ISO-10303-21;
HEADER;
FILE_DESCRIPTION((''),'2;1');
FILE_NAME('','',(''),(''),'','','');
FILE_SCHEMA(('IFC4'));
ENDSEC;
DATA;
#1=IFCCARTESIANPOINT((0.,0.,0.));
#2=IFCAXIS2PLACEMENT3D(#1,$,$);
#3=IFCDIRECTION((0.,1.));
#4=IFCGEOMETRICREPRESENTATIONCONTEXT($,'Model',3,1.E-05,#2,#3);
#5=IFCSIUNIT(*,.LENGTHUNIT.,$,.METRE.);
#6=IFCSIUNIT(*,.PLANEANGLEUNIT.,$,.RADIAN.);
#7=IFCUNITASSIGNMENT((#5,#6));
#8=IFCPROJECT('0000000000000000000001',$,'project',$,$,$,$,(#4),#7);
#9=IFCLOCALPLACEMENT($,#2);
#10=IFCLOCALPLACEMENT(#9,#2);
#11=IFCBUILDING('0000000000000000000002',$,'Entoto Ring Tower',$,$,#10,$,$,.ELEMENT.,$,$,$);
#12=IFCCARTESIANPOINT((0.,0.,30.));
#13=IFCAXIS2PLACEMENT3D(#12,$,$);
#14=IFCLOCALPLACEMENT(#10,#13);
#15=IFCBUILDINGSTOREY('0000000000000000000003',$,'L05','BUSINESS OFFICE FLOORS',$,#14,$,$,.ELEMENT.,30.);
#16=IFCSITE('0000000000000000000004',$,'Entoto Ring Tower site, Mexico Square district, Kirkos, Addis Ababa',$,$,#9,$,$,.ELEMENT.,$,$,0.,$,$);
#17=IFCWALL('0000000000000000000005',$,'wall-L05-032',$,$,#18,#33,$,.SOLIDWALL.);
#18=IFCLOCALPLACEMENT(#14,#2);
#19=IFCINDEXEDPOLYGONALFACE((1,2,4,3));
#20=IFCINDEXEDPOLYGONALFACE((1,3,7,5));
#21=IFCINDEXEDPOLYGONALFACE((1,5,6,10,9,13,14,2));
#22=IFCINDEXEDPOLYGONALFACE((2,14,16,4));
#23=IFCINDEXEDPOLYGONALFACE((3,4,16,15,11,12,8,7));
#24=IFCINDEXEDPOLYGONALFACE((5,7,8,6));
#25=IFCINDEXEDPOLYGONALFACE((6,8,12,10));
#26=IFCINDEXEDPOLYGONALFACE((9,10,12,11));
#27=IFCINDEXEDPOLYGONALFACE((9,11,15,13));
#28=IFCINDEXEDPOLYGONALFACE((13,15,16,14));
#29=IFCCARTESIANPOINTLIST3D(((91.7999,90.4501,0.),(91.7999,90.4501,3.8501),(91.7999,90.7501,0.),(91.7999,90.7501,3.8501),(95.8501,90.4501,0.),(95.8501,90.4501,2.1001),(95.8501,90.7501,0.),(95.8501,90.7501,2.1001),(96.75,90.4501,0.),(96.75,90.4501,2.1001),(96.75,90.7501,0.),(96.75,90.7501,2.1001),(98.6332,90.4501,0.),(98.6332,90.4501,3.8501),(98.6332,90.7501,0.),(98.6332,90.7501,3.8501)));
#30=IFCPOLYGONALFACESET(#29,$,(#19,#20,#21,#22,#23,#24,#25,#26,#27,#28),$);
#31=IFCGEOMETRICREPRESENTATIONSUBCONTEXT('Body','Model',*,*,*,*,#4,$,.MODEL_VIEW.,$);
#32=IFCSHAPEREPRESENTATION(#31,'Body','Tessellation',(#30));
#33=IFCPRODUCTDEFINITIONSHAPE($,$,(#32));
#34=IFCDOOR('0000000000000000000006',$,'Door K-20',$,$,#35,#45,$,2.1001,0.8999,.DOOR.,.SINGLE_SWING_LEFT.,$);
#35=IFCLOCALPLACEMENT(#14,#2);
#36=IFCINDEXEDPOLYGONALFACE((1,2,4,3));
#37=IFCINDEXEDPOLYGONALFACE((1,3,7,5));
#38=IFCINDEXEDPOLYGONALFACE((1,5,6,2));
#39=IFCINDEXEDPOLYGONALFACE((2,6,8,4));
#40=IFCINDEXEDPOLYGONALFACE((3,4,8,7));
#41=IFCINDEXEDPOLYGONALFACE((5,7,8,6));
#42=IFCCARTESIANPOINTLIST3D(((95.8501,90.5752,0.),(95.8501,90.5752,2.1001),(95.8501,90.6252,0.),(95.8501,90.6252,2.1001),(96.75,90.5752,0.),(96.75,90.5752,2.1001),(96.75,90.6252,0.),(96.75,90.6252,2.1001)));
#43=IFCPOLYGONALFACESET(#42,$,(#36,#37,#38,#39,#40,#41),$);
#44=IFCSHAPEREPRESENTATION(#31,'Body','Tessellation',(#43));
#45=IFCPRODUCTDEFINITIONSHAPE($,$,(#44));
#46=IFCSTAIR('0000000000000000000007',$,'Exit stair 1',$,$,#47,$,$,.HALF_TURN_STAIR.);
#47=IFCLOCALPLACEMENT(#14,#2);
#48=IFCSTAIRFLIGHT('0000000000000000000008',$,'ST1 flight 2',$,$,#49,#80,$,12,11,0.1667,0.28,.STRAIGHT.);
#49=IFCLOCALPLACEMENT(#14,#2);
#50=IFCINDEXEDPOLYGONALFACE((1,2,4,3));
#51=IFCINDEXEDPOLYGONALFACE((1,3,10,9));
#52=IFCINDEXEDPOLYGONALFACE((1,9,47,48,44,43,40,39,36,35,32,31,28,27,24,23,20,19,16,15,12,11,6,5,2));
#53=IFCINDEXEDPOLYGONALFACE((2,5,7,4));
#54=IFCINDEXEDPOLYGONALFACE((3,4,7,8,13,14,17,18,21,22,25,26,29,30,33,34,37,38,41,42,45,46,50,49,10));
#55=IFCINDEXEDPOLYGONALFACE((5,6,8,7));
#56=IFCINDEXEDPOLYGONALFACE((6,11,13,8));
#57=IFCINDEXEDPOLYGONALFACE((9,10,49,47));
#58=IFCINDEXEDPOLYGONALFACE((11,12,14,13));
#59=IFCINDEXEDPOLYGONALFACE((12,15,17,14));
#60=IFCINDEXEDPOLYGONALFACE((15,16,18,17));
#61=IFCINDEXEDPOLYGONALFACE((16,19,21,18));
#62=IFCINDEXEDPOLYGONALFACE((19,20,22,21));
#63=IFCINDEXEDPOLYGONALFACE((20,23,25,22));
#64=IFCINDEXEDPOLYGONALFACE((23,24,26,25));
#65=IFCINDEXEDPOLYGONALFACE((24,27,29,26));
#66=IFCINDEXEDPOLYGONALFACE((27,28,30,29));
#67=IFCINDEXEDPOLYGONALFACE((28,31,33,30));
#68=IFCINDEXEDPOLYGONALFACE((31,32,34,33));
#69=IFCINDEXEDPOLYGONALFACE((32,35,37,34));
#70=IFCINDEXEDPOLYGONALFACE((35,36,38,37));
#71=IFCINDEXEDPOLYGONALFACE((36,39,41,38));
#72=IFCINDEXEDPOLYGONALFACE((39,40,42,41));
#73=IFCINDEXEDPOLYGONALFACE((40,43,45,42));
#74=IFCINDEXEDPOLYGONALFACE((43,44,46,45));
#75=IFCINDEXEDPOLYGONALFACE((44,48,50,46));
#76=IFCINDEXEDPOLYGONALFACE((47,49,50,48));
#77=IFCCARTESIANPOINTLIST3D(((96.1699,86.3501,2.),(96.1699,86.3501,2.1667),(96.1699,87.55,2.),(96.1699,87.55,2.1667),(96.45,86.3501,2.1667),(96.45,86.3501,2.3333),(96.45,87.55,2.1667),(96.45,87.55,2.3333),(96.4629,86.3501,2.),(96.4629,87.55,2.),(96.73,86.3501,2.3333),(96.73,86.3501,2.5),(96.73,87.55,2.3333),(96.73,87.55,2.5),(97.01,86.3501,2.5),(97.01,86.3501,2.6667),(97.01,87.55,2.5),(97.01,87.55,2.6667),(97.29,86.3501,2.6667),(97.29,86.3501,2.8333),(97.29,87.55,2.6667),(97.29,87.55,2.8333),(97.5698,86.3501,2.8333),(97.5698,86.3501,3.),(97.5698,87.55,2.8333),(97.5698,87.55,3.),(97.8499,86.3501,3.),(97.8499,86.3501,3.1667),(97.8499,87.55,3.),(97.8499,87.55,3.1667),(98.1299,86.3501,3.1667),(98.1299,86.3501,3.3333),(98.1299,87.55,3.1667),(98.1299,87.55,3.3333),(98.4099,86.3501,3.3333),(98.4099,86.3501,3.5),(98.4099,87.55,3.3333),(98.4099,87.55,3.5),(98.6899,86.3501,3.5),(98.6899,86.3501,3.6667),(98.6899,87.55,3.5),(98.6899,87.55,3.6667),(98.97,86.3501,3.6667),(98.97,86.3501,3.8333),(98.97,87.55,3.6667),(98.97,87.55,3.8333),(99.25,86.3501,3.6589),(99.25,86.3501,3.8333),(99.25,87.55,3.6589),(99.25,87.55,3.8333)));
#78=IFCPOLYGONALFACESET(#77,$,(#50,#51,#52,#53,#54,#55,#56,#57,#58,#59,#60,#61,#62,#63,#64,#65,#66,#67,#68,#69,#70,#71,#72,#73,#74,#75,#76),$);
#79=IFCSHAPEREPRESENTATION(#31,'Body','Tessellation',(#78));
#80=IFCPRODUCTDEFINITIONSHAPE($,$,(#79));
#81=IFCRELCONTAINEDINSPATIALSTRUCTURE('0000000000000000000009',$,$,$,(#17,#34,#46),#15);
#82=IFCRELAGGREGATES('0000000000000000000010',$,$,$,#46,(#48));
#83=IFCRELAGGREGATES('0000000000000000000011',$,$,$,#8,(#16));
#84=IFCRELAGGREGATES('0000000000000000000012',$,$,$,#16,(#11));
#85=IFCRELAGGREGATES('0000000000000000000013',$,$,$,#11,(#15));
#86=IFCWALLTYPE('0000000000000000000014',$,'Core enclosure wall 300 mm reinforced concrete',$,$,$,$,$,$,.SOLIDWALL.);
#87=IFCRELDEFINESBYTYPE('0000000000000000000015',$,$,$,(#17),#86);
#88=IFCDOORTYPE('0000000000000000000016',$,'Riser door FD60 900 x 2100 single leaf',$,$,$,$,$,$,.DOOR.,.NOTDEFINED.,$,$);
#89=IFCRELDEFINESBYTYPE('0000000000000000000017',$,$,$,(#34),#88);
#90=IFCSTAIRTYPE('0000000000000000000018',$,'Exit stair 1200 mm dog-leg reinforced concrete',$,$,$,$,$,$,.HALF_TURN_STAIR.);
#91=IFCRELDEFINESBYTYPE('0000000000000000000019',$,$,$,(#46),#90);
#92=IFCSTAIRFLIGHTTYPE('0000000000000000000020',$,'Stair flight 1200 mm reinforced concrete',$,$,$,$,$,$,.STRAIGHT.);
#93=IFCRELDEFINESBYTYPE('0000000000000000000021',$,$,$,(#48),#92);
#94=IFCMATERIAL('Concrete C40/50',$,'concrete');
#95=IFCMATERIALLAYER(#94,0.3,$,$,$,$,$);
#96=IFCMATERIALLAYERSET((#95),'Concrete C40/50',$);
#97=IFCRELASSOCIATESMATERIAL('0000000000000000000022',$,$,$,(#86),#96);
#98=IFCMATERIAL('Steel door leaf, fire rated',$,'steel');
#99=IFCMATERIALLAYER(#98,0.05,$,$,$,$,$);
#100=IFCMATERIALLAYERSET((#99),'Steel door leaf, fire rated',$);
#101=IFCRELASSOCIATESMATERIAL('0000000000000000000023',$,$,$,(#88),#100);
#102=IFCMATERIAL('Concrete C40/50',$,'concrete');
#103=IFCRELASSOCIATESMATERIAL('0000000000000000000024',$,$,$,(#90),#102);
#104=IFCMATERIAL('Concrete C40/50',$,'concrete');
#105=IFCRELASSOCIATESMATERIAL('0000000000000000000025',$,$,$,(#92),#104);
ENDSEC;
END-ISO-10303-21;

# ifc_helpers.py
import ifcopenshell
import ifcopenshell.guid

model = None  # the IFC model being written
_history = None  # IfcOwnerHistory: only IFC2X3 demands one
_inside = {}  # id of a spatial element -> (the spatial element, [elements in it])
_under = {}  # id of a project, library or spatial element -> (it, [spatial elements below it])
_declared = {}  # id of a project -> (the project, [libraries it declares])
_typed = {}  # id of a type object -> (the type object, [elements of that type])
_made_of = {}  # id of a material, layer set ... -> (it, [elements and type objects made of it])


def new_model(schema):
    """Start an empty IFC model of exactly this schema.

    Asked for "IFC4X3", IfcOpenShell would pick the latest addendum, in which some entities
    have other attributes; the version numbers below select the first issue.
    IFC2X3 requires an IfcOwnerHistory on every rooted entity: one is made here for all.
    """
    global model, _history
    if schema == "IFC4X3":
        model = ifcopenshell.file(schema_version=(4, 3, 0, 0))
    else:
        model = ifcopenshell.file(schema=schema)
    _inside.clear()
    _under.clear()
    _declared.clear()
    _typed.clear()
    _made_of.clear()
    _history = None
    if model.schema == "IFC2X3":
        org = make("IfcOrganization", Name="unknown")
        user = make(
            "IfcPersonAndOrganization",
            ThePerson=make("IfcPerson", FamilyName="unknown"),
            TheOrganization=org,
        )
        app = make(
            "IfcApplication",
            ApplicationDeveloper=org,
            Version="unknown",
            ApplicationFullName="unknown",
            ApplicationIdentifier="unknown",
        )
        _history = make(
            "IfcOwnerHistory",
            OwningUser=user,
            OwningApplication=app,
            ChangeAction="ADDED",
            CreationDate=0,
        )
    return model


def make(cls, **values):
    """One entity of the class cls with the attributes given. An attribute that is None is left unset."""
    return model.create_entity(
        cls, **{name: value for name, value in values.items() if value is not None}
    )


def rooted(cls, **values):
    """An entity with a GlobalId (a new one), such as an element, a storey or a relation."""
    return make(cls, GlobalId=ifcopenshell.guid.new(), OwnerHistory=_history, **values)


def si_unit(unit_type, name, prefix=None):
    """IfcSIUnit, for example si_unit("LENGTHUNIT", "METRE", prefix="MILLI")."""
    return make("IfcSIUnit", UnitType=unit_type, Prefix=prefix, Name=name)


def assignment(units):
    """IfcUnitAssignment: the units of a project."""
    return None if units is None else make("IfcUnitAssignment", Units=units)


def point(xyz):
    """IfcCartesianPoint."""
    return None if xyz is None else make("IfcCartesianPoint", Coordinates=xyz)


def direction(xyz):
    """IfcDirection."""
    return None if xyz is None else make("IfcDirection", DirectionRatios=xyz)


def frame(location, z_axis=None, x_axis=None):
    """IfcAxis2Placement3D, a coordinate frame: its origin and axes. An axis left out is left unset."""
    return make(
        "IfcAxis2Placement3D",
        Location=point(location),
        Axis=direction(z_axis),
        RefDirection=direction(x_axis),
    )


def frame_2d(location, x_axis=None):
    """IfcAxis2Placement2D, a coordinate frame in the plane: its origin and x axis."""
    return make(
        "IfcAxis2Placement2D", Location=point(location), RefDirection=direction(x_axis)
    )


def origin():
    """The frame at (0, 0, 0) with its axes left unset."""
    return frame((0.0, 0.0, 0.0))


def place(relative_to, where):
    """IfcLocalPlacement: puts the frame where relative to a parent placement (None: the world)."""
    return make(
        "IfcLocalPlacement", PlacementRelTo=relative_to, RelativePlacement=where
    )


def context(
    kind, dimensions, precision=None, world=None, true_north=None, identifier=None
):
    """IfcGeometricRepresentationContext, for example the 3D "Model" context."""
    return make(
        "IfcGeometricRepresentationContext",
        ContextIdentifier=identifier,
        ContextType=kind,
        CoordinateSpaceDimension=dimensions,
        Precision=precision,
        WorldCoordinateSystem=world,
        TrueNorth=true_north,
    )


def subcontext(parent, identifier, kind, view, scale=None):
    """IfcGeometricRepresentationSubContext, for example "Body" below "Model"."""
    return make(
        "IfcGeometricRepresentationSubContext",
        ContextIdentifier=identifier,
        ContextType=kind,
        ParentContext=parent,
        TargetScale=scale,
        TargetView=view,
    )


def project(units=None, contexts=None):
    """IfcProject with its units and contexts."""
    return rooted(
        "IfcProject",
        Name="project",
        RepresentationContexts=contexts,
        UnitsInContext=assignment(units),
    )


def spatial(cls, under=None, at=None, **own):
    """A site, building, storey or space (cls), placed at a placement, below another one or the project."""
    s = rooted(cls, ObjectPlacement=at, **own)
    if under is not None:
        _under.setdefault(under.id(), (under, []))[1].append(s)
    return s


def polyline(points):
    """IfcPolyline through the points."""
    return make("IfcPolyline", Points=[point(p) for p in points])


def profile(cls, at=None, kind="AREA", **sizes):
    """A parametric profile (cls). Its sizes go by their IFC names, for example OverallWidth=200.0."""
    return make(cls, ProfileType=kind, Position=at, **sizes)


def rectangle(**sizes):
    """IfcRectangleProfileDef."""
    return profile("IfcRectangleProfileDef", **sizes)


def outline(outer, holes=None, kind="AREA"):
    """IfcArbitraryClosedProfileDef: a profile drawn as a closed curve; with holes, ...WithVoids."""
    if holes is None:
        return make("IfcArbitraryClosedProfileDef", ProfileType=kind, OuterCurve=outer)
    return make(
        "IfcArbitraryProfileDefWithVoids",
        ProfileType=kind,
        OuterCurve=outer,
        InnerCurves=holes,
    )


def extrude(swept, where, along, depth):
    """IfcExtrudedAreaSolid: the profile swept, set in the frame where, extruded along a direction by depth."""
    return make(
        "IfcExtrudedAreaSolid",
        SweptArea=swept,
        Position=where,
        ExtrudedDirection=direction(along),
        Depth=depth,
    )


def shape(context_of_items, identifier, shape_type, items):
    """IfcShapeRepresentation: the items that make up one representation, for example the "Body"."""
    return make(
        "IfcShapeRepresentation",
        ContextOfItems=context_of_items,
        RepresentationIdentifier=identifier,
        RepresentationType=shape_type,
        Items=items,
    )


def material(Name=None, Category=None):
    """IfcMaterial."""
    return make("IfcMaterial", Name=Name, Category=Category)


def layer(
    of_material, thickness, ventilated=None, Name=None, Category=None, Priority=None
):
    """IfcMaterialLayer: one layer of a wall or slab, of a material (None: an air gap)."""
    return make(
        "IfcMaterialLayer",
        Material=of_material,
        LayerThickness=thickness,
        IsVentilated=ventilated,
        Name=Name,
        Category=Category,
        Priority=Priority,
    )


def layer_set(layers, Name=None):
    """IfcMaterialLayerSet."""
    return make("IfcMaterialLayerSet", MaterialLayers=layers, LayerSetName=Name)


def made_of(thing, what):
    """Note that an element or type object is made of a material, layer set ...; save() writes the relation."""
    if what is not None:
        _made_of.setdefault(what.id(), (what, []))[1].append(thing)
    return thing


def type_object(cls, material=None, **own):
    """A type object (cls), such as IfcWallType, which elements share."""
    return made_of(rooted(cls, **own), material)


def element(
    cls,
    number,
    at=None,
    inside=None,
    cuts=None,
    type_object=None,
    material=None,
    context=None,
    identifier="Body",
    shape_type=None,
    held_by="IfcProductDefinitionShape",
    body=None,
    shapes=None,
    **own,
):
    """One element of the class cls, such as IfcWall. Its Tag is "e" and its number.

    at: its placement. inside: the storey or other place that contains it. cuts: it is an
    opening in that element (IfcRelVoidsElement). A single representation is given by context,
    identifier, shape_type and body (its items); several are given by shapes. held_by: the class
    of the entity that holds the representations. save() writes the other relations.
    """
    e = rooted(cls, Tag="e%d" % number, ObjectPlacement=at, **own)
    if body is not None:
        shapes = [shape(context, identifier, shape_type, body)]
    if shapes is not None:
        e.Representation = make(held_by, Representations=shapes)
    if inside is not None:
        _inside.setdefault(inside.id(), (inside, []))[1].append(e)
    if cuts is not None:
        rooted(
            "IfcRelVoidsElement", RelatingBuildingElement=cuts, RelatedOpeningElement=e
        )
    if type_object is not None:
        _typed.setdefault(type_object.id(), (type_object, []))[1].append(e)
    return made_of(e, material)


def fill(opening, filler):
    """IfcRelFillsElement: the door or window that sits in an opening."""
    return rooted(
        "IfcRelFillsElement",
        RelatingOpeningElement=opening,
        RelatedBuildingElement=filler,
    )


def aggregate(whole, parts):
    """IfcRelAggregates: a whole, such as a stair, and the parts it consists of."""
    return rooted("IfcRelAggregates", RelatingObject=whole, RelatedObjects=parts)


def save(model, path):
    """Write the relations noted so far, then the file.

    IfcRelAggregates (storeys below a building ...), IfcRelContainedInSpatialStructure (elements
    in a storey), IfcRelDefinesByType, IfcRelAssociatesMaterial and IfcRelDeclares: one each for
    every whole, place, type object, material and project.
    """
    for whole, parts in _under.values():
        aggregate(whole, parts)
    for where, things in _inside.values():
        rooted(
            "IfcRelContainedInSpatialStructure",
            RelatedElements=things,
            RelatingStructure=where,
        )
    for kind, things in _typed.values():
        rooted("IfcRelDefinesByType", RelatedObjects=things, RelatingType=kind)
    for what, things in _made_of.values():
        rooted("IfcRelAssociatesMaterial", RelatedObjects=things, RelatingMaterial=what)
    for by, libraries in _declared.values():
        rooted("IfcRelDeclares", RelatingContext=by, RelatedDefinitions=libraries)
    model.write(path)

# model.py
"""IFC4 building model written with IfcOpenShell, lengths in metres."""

from ifc_helpers import new_model, si_unit, direction, frame, frame_2d, origin, place, context, subcontext, project, spatial, polyline, rectangle, outline, extrude, material, layer, layer_set, type_object, element, fill, aggregate, save


model = new_model("IFC4")

# Units and contexts
model_context = context("Model", 3, precision=1e-05, world=origin(), true_north=direction((0.0, 1.0)))
body_context = subcontext(model_context, "Body", "Model", "MODEL_VIEW")
ifc_project = project(units=[si_unit("LENGTHUNIT", "METRE"), si_unit("PLANEANGLEUNIT", "RADIAN")], contexts=[model_context])

# Site, building, storey
site_placement = place(None, origin())
site = spatial("IfcSite", under=ifc_project, at=site_placement, Name="Entoto Ring Tower site, Mexico Square district, Kirkos, Addis Ababa", CompositionType="ELEMENT", RefElevation=0.0)
building_placement = place(site_placement, origin())
building = spatial("IfcBuilding", under=site, at=building_placement, Name="Entoto Ring Tower", CompositionType="ELEMENT")
storey_placement = place(building_placement, frame((0.0, 0.0, 30.0)))
storey = spatial("IfcBuildingStorey", under=building, at=storey_placement, Name="L05", Description="BUSINESS OFFICE FLOORS", CompositionType="ELEMENT", Elevation=30.0)

# Shared definitions
ifc_material_1 = material(Name="Concrete C40/50", Category="concrete")
ifc_layer_1 = layer(ifc_material_1, 0.3)
ifc_layer_set_1 = layer_set([ifc_layer_1], Name="Concrete C40/50")
wall_type = type_object("IfcWallType", Name="Core enclosure wall 300 mm reinforced concrete", PredefinedType="SOLIDWALL", material=ifc_layer_set_1)

# Wall, opening, door
wall_1_placement = place(storey_placement, frame((91.8, 90.6001, 0.0), z_axis=(0.0, 0.0, 1.0), x_axis=(1.0, 0.0, 0.0)))
wall_1 = element("IfcWall", 1, at=wall_1_placement, inside=storey, type_object=wall_type, Name="wall-L05-032", PredefinedType="SOLIDWALL", context=body_context, shape_type="SweptSolid", body=[
    extrude(rectangle(XDim=6.8333, YDim=0.3, at=frame_2d((3.4165, 0.0))), origin(), (0.0, 0.0, 1.0), 3.8501),
])
opening_1_placement = place(wall_1_placement, frame((4.05, 0.0, 0.0)))
opening_1 = element("IfcOpeningElement", 2, at=opening_1_placement, cuts=wall_1, PredefinedType="OPENING", context=body_context, shape_type="SweptSolid", body=[
    extrude(rectangle(XDim=0.8999, YDim=2.1001, at=frame_2d((0.45, 1.05))), frame((0.0, 0.1602, 0.0), z_axis=(0.0, -1.0, 0.0), x_axis=(1.0, 0.0, 0.0)), (0.0, 0.0, 1.0), 0.3201),
])
ifc_material_2 = material(Name="Steel door leaf, fire rated", Category="steel")
ifc_layer_2 = layer(ifc_material_2, 0.05)
ifc_layer_set_2 = layer_set([ifc_layer_2], Name="Steel door leaf, fire rated")
door_type_1 = type_object("IfcDoorType", Name="Riser door FD60 900 x 2100 single leaf", OperationType="NOTDEFINED", PredefinedType="DOOR", material=ifc_layer_set_2)
door_1_placement = place(opening_1_placement, frame((0.8999, 0.0, 0.0), z_axis=(0.0, 0.0, 1.0), x_axis=(-1.0, 0.0, 0.0)))
door_1 = element("IfcDoor", 3, at=door_1_placement, inside=storey, type_object=door_type_1, Name="Door K-20", OperationType="SINGLE_SWING_LEFT", OverallHeight=2.1001, OverallWidth=0.8999, PredefinedType="DOOR", context=body_context, shape_type="SweptSolid", body=[
    extrude(rectangle(XDim=0.8999, YDim=2.1001, at=frame_2d((0.45, 1.05))), frame((0.0, 0.0249, 0.0), z_axis=(0.0, -1.0, 0.0), x_axis=(1.0, 0.0, 0.0)), (0.0, 0.0, 1.0), 0.05),
])
fill(opening_1, door_1)

# Stair, stair flight
ifc_material_3 = material(Name="Concrete C40/50", Category="concrete")
stair_type = type_object("IfcStairType", Name="Exit stair 1200 mm dog-leg reinforced concrete", PredefinedType="HALF_TURN_STAIR", material=ifc_material_3)
stair_placement = place(storey_placement, origin())
stair = element("IfcStair", 4, at=stair_placement, inside=storey, type_object=stair_type, Name="Exit stair 1", PredefinedType="HALF_TURN_STAIR")
ifc_material_4 = material(Name="Concrete C40/50", Category="concrete")
stair_flight_type = type_object("IfcStairFlightType", Name="Stair flight 1200 mm reinforced concrete", PredefinedType="STRAIGHT", material=ifc_material_4)
stair_flight_placement = place(storey_placement, frame((96.1699, 86.95, 2.0), z_axis=(0.0, 0.0, 1.0), x_axis=(1.0, 0.0, 0.0)))
stair_flight = element("IfcStairFlight", 5, at=stair_flight_placement, type_object=stair_flight_type, Name="ST1 flight 2", NumberOfRisers=12, NumberOfTreads=11, PredefinedType="STRAIGHT", RiserHeight=0.1667, TreadLength=0.28, context=body_context, shape_type="SweptSolid", body=[
    extrude(outline(polyline([(0.0, 0.0), (0.0, 0.1667), (0.28, 0.1667), (0.28, 0.3333), (0.5601, 0.3333), (0.5601, 0.5), (0.8401, 0.5), (0.8401, 0.6667), (1.1201, 0.6667), (1.1201, 0.8333), (1.3999, 0.8333), (1.3999, 1.0), (1.6799, 1.0), (1.6799, 1.1667), (1.96, 1.1667), (1.96, 1.3333), (2.24, 1.3333), (2.24, 1.5), (2.52, 1.5), (2.52, 1.6667), (2.8, 1.6667), (2.8, 1.8333), (3.0801, 1.8333), (3.0801, 2.0), (3.0801, 1.6589), (0.293, 0.0), (0.0, 0.0)])), frame((0.0, 0.6001, 0.0), z_axis=(0.0, -1.0, 0.0), x_axis=(1.0, 0.0, 0.0)), (0.0, 0.0, 1.0), 1.2),
])
aggregate(stair, [stair_flight])

save(model, "model.ifc")
